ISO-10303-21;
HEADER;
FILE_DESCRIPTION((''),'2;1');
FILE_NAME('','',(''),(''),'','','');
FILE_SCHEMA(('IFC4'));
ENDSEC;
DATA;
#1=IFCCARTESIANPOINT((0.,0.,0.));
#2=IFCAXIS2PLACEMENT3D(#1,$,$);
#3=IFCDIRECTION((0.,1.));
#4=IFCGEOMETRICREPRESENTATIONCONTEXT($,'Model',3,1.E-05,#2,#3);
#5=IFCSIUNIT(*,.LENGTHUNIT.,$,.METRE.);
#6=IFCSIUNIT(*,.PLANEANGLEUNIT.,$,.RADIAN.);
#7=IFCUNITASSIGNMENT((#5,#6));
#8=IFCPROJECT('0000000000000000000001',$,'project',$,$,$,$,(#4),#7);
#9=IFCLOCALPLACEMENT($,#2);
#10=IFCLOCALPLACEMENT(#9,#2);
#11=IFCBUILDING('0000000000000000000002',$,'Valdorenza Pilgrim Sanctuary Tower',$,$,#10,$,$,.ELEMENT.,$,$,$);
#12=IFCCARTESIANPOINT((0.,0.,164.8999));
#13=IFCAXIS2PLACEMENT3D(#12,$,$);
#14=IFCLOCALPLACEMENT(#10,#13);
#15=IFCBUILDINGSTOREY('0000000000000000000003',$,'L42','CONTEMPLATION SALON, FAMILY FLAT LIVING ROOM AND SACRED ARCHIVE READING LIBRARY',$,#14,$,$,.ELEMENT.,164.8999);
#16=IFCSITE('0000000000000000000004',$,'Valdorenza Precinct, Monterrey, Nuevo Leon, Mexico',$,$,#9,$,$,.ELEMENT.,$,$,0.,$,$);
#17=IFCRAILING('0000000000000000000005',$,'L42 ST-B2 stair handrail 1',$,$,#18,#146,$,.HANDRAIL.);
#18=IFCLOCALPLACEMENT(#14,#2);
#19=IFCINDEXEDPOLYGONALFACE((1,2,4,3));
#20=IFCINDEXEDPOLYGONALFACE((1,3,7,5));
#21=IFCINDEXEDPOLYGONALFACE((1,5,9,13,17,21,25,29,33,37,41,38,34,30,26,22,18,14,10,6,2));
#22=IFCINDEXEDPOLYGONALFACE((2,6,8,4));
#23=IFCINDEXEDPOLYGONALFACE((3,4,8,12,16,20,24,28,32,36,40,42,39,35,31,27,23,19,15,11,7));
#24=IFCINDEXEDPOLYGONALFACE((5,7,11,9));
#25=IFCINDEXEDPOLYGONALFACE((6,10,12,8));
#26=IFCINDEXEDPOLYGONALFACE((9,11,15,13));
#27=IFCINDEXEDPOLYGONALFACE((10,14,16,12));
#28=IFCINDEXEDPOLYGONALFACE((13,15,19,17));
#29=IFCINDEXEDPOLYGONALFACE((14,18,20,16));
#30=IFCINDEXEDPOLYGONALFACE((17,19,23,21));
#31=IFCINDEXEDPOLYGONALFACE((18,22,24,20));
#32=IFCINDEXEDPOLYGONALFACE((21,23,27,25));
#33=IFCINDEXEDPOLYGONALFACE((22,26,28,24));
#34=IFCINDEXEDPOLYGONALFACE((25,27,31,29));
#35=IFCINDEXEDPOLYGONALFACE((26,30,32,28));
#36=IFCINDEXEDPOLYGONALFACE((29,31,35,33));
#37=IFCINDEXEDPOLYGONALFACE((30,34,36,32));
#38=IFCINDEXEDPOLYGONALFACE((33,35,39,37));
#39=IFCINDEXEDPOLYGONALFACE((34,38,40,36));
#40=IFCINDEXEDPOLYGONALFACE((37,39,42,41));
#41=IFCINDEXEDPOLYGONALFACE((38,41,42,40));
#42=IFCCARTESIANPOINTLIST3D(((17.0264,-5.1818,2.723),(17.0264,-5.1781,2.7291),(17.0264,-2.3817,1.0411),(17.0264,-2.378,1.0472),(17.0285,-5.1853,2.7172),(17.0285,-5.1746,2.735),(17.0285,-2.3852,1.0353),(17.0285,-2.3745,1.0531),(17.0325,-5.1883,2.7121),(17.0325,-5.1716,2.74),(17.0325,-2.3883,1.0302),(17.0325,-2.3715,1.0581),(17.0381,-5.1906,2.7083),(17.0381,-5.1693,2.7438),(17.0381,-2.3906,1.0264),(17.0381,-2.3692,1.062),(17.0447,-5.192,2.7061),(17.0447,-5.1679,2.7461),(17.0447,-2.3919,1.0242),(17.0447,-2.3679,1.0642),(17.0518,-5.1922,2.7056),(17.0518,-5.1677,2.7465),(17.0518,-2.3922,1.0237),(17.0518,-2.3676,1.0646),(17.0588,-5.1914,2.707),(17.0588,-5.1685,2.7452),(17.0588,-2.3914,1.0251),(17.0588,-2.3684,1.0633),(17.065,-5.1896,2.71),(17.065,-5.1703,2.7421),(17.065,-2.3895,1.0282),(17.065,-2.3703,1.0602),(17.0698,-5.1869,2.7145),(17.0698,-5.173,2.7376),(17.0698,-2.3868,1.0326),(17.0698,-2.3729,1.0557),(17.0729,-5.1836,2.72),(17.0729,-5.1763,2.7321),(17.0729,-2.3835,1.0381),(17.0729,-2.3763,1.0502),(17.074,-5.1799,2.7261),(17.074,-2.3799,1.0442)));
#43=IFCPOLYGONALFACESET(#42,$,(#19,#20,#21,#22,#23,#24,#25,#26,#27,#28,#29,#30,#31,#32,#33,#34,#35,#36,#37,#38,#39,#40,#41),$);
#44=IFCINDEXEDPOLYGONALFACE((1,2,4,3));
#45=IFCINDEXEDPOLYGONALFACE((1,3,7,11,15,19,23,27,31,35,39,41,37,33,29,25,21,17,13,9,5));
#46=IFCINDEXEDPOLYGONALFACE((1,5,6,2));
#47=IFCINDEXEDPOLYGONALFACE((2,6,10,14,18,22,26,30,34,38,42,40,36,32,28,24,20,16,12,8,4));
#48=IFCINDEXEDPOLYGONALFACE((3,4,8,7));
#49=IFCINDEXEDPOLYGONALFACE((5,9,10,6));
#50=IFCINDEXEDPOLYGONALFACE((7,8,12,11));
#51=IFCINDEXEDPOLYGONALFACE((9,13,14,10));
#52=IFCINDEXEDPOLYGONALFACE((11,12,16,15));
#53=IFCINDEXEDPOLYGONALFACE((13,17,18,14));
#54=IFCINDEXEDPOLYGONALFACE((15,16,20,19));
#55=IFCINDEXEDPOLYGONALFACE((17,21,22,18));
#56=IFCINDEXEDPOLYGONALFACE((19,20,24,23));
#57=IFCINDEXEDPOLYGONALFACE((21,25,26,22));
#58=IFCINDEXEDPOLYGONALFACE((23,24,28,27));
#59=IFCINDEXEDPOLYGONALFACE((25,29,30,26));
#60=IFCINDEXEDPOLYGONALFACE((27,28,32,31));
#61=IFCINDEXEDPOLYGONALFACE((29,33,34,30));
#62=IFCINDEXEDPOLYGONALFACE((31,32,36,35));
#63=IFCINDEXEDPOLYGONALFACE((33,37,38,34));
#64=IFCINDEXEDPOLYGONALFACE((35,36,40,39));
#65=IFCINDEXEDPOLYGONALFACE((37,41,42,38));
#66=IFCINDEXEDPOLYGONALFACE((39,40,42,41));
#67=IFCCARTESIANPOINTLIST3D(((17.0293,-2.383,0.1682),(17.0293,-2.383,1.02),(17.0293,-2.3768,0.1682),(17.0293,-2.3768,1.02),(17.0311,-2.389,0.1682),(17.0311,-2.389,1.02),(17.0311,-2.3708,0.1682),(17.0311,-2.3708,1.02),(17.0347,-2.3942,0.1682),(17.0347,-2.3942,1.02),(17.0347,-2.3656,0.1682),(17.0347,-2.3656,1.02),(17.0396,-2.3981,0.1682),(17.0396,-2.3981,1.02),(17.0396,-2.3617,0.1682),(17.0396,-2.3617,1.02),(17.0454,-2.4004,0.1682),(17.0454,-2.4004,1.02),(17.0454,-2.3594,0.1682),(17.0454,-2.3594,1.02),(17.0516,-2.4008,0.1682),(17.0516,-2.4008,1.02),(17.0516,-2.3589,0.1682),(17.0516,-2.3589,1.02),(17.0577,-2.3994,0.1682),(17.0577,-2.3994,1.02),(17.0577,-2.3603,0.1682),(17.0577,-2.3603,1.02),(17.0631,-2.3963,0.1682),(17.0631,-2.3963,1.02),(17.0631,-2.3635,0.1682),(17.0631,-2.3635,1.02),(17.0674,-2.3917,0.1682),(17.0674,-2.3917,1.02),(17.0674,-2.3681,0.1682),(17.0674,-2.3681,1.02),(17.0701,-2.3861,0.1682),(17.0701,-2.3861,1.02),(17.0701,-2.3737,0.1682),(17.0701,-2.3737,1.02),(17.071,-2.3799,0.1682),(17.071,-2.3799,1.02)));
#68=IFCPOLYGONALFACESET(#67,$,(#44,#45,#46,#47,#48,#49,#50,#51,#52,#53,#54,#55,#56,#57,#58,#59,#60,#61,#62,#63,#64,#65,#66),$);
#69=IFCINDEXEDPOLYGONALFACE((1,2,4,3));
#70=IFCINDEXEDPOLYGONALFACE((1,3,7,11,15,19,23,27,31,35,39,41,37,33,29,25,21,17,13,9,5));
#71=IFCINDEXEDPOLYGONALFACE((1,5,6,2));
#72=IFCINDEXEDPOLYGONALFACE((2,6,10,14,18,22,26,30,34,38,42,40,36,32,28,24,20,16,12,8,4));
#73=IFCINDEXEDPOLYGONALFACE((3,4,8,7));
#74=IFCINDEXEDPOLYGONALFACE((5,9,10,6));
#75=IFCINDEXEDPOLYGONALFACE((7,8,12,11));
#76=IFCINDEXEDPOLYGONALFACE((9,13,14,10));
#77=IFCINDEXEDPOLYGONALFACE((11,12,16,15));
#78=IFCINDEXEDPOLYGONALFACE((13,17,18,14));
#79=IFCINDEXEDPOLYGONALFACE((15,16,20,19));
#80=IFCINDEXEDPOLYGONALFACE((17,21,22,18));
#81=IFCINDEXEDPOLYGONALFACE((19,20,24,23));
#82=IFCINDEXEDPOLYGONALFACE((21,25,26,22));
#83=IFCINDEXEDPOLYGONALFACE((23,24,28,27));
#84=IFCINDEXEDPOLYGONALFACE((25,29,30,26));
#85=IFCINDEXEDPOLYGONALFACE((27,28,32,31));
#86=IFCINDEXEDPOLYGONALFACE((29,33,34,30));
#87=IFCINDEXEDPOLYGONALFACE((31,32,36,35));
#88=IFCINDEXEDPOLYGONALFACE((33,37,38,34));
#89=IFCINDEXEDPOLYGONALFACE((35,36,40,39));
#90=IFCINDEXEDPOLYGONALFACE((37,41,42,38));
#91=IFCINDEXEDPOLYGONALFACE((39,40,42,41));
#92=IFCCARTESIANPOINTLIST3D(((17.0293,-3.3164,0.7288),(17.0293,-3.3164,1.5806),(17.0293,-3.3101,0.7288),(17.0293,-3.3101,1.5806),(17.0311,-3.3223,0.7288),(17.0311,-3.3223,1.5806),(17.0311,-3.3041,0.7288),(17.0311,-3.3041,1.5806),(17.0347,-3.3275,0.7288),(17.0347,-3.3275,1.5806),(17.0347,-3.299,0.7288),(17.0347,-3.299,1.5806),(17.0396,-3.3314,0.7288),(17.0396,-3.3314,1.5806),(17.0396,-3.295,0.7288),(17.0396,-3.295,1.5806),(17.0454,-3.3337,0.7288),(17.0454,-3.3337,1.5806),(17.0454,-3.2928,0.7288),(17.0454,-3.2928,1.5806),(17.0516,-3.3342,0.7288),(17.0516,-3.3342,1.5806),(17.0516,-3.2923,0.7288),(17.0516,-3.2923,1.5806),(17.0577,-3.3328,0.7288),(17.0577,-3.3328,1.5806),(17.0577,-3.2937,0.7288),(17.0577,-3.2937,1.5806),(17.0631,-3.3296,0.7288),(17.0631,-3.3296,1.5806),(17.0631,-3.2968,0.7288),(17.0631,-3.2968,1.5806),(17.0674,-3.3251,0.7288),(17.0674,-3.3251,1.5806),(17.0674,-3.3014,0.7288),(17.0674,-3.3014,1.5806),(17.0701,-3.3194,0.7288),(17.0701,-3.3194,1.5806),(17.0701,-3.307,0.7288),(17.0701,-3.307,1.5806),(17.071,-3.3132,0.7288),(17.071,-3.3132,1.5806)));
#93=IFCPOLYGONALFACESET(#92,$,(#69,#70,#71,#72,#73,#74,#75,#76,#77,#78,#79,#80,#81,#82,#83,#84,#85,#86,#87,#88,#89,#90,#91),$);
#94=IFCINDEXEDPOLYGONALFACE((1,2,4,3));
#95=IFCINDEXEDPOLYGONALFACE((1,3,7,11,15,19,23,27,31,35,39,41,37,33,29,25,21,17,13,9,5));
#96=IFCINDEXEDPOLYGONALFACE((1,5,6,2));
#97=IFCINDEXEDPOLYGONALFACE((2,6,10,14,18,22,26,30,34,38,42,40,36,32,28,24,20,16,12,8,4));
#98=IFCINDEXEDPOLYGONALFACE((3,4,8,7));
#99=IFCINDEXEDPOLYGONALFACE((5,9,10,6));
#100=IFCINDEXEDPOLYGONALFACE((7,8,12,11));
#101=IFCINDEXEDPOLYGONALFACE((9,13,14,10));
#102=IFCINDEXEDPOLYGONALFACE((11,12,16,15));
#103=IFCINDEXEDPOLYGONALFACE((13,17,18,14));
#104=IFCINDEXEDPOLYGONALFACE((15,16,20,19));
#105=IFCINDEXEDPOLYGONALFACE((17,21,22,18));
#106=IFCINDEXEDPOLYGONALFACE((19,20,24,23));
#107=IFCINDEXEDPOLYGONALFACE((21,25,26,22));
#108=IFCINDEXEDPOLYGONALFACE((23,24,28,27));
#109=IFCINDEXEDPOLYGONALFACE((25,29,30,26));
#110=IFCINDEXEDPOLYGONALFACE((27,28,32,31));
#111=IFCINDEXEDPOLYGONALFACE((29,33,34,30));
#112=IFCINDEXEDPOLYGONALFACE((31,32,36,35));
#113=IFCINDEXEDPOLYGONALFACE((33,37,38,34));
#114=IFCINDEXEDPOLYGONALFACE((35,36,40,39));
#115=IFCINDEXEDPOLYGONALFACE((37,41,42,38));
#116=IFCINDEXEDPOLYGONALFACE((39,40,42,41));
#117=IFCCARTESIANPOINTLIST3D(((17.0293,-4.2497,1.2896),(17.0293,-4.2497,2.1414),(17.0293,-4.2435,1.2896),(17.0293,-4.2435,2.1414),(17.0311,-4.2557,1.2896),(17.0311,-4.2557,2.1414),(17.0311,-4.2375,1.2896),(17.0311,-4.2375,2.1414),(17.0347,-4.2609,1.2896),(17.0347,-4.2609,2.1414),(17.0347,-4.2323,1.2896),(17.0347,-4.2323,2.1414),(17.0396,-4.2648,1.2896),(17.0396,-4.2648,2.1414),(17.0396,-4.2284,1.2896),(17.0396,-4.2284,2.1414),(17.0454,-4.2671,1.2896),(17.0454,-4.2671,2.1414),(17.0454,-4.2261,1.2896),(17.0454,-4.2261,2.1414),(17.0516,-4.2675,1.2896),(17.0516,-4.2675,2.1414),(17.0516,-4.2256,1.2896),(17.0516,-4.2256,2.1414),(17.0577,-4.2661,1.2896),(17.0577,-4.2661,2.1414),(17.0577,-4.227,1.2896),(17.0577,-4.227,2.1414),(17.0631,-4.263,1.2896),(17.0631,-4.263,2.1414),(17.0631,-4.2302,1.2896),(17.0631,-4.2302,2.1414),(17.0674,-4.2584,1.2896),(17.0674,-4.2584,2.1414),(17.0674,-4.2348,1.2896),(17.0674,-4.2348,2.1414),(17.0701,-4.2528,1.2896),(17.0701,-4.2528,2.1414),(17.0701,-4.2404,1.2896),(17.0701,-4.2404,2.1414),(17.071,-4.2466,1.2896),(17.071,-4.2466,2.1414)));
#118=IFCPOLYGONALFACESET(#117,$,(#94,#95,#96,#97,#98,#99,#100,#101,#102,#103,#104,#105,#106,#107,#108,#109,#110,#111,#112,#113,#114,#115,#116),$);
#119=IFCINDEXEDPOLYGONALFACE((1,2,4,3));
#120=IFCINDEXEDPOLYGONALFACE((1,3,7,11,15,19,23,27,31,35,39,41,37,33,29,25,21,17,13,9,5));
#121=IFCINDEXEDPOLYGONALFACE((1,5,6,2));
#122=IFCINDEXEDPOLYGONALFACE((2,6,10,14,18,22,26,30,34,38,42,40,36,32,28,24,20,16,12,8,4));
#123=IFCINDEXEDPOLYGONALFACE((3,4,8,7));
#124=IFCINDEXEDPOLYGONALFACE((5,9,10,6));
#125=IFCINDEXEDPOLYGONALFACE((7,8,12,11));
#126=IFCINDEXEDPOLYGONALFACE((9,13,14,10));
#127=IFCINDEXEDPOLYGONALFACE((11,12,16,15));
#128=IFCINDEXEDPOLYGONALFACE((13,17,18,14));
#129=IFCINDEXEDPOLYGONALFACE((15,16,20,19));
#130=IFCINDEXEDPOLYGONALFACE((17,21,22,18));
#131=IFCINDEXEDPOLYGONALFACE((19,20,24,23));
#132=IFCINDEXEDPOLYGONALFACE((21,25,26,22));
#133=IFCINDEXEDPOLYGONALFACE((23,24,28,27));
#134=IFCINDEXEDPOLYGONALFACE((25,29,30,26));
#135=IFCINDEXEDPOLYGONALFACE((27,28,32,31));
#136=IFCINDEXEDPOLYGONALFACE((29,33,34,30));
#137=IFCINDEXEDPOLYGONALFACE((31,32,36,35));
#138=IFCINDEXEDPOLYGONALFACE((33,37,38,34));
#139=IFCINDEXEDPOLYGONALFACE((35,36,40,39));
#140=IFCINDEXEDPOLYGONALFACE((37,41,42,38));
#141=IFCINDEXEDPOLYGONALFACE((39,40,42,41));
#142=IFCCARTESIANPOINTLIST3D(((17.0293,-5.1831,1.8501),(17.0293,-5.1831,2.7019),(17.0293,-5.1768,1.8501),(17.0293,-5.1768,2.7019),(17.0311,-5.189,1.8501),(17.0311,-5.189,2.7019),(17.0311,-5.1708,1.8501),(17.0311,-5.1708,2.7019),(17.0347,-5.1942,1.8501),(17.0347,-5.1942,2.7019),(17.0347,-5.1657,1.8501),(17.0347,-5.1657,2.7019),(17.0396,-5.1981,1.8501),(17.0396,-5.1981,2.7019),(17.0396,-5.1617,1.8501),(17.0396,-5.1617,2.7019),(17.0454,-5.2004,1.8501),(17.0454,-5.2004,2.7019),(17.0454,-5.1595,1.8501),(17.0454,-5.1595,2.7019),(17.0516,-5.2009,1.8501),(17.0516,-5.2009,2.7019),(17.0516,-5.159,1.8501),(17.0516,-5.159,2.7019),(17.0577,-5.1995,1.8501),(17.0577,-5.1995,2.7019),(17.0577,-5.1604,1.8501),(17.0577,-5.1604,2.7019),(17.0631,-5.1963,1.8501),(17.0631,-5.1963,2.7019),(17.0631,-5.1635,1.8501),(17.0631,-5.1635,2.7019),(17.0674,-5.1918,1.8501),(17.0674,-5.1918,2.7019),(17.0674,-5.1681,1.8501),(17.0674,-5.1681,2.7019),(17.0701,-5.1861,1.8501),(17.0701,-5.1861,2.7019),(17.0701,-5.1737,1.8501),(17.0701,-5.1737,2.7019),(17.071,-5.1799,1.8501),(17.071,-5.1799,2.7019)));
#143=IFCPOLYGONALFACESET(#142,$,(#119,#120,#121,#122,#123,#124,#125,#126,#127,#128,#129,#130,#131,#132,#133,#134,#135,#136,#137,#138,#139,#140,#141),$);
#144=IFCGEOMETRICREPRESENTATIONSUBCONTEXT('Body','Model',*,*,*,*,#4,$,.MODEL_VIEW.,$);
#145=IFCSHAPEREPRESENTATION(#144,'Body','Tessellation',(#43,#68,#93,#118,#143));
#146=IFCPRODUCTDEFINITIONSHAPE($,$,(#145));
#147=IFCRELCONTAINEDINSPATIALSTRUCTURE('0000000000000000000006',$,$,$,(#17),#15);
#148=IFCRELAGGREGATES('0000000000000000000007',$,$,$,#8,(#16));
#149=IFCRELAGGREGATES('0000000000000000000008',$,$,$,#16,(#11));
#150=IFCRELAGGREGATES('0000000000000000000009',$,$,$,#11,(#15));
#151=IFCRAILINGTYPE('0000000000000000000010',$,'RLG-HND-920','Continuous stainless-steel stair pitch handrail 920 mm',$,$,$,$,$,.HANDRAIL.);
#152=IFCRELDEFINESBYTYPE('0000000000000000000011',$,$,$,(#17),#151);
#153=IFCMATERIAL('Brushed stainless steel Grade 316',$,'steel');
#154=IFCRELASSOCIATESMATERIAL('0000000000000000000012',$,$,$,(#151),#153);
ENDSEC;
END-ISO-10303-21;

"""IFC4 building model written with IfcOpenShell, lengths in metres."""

from ifc_helpers import new_model, si_unit, direction, frame, origin, origin_2d, place, context, subcontext, project, spatial, circle, extrude, material, type_object, element, save


model = new_model("IFC4")

# Units and contexts
model_context = context("Model", 3, precision=1e-05, world=origin(), true_north=direction((0.0, 1.0)))
body_context = subcontext(model_context, "Body", "Model", "MODEL_VIEW")
ifc_project = project(units=[si_unit("LENGTHUNIT", "METRE"), si_unit("PLANEANGLEUNIT", "RADIAN")], contexts=[model_context])

# Site, building, storey
site_placement = place(None, origin())
site = spatial("IfcSite", under=ifc_project, at=site_placement, Name="Valdorenza Precinct, Monterrey, Nuevo Leon, Mexico", CompositionType="ELEMENT", RefElevation=0.0)
building_placement = place(site_placement, origin())
building = spatial("IfcBuilding", under=site, at=building_placement, Name="Valdorenza Pilgrim Sanctuary Tower", CompositionType="ELEMENT")
storey_placement = place(building_placement, frame((0.0, 0.0, 164.8999)))
storey = spatial("IfcBuildingStorey", under=building, at=storey_placement, Name="L42", Description="CONTEMPLATION SALON, FAMILY FLAT LIVING ROOM AND SACRED ARCHIVE READING LIBRARY", CompositionType="ELEMENT", Elevation=164.8999)

# Railing
ifc_material_1 = material(Name="Brushed stainless steel Grade 316", Category="steel")
railing_type_1 = type_object("IfcRailingType", Name="RLG-HND-920", Description="Continuous stainless-steel stair pitch handrail 920 mm", PredefinedType="HANDRAIL", material=ifc_material_1)
railing_1_placement = place(storey_placement, frame((17.05, -2.3799, 0.1682)))
element("IfcRailing", 1, at=railing_1_placement, inside=storey, type_object=railing_type_1, Name="L42 ST-B2 stair handrail 1", PredefinedType="HANDRAIL", context=body_context, shape_type="SweptSolid", body=[
    extrude(circle(Radius=0.0239, at=origin_2d()), frame((0.0, 0.0, 0.876), z_axis=(0.0, -0.857242, 0.514913), x_axis=(1.0, 0.0, 0.0)), (0.0, 0.0, 1.0), 3.2664),
    extrude(circle(Radius=0.021, at=origin_2d()), origin(), (0.0, 0.0, 1.0), 0.8518),
    extrude(circle(Radius=0.021, at=origin_2d()), frame((0.0, -0.9333, 0.5605)), (0.0, 0.0, 1.0), 0.8518),
    extrude(circle(Radius=0.021, at=origin_2d()), frame((0.0, -1.8667, 1.1213)), (0.0, 0.0, 1.0), 0.8518),
    extrude(circle(Radius=0.021, at=origin_2d()), frame((0.0, -2.8, 1.6819)), (0.0, 0.0, 1.0), 0.8518),
])

save(model, "model.ifc")
